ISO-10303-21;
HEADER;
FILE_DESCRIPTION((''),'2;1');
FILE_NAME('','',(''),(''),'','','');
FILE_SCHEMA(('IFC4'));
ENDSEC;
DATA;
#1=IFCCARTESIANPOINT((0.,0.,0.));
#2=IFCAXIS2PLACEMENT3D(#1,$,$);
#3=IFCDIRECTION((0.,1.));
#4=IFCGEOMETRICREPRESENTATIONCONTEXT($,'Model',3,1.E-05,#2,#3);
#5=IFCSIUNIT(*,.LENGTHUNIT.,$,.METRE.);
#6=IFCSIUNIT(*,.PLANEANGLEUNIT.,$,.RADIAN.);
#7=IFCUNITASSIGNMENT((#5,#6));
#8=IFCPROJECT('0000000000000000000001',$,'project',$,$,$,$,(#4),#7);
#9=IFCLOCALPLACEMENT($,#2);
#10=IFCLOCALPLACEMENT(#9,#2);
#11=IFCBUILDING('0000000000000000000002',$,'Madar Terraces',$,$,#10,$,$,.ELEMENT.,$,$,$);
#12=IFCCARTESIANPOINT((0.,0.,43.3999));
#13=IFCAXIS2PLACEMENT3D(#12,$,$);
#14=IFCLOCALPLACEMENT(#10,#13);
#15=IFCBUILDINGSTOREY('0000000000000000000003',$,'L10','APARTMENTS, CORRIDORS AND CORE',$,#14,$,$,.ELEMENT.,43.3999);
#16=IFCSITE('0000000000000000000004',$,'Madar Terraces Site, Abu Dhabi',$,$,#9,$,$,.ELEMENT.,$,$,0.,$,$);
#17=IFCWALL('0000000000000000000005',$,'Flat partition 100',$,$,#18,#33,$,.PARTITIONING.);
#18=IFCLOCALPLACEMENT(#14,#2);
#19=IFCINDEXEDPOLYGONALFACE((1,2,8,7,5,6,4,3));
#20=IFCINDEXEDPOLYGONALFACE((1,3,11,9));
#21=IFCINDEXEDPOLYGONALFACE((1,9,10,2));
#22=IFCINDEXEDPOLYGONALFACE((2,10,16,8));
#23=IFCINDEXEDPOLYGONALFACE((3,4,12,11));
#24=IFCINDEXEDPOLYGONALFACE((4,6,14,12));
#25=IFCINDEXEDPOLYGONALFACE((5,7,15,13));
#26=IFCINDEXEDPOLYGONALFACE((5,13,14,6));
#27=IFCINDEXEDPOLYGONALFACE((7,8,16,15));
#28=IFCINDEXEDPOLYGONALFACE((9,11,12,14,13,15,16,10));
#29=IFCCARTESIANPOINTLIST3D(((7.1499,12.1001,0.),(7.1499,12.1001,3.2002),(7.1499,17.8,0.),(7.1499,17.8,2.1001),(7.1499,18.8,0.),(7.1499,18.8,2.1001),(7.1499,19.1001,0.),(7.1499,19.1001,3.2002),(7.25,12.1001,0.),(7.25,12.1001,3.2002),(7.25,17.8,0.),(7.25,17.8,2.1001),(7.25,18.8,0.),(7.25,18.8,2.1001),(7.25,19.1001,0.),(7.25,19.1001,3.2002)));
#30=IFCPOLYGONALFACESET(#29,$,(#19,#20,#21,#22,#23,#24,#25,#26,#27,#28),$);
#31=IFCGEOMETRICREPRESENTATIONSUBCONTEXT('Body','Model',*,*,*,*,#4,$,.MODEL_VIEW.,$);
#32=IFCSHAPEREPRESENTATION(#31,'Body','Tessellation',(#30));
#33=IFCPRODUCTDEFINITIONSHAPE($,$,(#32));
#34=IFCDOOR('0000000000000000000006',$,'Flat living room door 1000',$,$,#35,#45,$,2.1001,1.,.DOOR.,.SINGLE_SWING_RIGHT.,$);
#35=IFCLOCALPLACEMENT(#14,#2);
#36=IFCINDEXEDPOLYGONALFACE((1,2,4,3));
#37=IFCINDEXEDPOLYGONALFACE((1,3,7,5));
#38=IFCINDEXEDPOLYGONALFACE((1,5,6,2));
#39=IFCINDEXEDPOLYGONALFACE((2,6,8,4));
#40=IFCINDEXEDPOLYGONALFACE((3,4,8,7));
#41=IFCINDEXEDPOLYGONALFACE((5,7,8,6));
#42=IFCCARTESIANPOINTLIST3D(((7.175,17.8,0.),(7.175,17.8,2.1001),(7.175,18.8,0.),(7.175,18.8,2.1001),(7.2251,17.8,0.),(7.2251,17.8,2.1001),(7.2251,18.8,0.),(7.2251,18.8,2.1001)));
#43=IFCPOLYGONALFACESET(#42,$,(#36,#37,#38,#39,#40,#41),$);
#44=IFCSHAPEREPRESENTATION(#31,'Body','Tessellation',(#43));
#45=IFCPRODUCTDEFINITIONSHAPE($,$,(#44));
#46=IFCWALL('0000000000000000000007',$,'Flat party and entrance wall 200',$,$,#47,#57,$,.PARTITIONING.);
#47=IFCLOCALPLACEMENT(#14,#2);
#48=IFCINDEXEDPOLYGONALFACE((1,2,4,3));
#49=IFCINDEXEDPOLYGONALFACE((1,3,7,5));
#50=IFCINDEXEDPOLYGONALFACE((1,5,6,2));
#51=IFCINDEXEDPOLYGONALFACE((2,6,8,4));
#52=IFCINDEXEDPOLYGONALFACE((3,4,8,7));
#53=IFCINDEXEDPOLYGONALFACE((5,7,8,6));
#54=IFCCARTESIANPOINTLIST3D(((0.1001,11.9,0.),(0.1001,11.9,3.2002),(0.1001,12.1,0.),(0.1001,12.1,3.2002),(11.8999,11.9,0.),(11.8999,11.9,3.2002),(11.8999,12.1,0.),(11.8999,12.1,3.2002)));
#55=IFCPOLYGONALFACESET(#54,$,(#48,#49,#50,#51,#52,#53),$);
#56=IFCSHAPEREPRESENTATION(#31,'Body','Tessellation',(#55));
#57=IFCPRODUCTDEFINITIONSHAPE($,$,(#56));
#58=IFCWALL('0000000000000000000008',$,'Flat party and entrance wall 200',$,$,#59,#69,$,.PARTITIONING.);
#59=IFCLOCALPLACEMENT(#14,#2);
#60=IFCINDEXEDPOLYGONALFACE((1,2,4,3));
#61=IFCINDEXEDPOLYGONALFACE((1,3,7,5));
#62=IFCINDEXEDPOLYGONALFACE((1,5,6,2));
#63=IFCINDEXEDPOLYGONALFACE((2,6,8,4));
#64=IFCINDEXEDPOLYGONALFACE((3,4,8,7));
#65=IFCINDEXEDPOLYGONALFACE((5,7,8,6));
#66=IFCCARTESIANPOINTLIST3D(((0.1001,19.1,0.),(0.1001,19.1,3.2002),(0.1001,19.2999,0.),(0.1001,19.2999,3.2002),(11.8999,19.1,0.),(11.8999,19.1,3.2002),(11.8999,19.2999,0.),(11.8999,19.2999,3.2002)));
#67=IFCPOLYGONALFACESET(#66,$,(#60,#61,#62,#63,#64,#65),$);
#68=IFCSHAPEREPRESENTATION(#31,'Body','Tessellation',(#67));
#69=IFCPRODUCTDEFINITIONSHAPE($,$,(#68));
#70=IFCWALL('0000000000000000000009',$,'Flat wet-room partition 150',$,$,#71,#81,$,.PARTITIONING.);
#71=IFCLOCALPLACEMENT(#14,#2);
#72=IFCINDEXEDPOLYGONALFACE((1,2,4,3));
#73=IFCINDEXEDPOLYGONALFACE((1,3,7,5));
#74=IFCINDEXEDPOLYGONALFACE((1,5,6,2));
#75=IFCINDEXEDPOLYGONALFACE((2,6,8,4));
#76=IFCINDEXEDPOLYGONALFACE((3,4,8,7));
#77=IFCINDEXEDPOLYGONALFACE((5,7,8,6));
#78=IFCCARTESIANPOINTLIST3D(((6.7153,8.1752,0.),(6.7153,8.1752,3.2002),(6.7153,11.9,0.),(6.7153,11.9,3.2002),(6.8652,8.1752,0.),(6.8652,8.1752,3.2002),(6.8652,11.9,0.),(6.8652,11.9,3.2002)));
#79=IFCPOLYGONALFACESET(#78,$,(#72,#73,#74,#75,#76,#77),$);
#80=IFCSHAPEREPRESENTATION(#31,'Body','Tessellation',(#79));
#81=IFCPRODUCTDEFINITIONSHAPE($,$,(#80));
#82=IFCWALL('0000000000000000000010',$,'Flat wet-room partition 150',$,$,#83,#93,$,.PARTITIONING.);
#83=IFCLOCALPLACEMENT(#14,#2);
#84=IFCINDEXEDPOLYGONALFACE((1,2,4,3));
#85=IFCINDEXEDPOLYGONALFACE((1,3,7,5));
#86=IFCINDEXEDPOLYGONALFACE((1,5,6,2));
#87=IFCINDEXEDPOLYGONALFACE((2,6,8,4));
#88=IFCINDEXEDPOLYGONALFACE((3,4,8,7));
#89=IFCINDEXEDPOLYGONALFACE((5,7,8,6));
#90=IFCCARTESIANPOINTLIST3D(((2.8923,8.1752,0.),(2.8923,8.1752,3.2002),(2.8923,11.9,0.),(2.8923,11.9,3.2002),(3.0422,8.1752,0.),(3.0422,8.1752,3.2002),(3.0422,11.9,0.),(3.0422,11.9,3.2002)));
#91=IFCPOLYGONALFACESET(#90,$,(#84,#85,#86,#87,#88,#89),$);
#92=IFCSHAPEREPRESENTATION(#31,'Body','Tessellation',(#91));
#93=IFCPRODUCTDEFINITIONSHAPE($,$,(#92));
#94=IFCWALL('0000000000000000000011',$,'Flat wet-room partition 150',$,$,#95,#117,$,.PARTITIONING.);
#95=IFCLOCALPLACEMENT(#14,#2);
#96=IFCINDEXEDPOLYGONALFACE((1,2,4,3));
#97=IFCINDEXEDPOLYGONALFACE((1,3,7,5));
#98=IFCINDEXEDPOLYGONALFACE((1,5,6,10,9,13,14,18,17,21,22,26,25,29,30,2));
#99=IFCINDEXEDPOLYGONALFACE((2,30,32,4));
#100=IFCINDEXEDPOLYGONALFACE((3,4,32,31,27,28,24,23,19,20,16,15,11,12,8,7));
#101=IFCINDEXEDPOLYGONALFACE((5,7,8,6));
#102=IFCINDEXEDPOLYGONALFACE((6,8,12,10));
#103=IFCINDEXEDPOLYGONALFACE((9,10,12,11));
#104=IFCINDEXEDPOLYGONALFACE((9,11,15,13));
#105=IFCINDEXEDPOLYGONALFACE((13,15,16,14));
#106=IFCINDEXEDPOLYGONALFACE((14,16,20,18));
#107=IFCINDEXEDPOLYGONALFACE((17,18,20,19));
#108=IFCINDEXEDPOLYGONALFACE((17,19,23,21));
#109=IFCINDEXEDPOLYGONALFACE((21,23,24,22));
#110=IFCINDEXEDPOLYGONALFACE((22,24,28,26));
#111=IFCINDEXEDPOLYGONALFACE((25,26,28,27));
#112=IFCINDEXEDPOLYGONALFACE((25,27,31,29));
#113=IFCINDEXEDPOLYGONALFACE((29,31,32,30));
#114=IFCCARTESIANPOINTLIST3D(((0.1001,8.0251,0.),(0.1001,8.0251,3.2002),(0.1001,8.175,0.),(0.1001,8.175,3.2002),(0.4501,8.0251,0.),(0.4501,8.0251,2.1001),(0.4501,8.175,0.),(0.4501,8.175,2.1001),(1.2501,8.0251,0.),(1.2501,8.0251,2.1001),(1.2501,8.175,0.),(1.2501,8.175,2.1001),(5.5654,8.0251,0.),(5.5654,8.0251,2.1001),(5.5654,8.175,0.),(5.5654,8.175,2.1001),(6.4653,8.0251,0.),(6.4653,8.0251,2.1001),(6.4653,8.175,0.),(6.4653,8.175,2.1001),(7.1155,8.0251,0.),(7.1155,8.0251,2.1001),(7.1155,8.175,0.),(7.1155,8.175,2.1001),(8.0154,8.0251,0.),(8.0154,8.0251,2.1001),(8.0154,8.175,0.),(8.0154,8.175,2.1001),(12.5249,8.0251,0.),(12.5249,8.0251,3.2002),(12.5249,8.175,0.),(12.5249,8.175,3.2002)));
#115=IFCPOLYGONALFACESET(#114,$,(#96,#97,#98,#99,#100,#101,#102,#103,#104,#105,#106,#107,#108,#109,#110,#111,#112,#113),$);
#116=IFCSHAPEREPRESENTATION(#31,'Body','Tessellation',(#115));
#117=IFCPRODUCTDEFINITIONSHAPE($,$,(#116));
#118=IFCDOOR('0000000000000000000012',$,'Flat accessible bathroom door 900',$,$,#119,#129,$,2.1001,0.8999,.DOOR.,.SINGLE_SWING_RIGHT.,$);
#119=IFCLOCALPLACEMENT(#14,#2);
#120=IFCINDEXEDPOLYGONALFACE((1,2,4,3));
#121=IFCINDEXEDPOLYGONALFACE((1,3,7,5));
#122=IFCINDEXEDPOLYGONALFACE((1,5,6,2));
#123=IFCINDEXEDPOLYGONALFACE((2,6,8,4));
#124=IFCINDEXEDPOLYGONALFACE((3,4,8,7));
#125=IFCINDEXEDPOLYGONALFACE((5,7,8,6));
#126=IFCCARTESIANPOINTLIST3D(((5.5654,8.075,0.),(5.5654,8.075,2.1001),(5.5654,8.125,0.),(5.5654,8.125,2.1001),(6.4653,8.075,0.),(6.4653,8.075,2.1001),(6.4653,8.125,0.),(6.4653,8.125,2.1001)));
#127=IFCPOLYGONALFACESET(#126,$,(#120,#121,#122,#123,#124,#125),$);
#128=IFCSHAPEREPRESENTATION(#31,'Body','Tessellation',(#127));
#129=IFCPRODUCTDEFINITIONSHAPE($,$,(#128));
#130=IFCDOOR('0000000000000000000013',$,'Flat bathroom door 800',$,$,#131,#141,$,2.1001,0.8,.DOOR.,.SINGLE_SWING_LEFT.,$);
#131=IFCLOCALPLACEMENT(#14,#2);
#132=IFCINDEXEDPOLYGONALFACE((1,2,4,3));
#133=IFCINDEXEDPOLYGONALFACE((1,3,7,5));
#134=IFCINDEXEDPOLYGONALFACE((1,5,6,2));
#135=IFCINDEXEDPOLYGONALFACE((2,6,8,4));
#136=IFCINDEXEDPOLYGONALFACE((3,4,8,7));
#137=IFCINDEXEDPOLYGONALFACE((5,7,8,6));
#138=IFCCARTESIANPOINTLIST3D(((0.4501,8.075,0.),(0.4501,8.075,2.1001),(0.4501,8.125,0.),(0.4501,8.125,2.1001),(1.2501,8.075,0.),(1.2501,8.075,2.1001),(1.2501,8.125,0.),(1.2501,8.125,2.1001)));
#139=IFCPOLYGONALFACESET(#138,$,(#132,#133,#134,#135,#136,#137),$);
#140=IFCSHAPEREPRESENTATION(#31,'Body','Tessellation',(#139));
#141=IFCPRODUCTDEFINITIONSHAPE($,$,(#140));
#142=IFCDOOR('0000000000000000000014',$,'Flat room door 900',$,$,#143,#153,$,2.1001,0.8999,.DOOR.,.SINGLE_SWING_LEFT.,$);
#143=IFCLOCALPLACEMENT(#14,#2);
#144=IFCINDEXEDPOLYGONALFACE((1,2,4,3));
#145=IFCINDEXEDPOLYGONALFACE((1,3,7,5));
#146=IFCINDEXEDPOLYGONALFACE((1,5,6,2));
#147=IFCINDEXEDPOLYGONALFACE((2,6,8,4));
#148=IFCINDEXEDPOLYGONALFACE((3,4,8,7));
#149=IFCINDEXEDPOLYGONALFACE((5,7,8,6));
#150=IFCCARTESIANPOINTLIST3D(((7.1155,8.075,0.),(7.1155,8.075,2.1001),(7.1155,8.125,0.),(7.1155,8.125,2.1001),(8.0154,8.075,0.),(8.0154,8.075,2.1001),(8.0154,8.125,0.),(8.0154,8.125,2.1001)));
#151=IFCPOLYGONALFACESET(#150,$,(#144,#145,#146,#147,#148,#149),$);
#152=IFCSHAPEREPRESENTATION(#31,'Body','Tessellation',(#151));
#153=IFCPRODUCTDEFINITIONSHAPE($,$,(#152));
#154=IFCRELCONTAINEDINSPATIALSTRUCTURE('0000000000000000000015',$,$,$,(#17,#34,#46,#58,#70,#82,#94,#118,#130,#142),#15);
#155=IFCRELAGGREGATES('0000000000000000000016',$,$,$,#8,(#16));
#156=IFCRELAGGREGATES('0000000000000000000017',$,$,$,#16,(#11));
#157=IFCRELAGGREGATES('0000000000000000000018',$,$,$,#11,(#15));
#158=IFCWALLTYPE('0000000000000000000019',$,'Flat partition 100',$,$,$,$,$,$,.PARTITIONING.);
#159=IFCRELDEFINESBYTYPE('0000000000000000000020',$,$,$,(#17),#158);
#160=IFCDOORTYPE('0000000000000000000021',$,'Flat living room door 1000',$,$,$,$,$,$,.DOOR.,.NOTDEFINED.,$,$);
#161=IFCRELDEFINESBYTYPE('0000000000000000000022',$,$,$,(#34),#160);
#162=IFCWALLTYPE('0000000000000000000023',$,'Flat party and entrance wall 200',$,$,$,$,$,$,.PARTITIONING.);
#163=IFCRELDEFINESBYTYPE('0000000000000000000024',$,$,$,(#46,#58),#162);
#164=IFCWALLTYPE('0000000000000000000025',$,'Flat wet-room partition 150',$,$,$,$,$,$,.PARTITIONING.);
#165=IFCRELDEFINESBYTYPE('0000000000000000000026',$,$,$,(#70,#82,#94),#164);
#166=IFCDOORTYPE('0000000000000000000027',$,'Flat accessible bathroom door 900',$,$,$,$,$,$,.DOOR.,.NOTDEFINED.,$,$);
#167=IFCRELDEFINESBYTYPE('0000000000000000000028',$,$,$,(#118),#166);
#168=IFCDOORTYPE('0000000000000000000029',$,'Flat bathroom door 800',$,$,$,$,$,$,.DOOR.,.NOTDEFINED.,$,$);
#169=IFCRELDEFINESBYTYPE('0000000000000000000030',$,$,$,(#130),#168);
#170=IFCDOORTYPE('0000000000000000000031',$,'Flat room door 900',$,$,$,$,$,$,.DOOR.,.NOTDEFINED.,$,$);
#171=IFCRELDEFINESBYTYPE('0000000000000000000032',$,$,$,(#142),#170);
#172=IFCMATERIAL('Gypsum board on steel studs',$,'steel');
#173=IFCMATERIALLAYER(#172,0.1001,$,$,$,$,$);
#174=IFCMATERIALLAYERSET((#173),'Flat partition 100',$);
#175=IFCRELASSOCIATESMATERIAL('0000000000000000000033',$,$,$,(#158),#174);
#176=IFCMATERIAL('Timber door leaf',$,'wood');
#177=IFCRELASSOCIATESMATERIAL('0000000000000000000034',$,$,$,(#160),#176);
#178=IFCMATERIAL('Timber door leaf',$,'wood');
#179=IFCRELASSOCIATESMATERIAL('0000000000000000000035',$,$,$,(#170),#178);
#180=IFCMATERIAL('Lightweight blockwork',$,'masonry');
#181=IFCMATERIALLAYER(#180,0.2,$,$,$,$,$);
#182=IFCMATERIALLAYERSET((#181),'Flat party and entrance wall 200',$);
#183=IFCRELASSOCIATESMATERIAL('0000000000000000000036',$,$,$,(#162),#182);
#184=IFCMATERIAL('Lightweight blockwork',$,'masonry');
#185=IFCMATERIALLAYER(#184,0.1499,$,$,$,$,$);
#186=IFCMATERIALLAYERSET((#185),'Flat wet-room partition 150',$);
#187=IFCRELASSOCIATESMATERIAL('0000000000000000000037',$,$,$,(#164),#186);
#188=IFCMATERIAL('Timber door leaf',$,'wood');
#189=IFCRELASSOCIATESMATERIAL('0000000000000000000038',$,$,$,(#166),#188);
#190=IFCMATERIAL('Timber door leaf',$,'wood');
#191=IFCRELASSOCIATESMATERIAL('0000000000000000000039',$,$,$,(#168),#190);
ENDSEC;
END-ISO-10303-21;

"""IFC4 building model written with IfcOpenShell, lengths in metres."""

from ifc_helpers import new_model, si_unit, direction, frame, frame_2d, origin, place, context, subcontext, project, spatial, rectangle, extrude, material, layer, layer_set, type_object, element, fill, save


model = new_model("IFC4")

# Units and contexts
model_context = context("Model", 3, precision=1e-05, world=origin(), true_north=direction((0.0, 1.0)))
body_context = subcontext(model_context, "Body", "Model", "MODEL_VIEW")
ifc_project = project(units=[si_unit("LENGTHUNIT", "METRE"), si_unit("PLANEANGLEUNIT", "RADIAN")], contexts=[model_context])

# Site, building, storey
site_placement = place(None, origin())
site = spatial("IfcSite", under=ifc_project, at=site_placement, Name="Madar Terraces Site, Abu Dhabi", CompositionType="ELEMENT", RefElevation=0.0)
building_placement = place(site_placement, origin())
building = spatial("IfcBuilding", under=site, at=building_placement, Name="Madar Terraces", CompositionType="ELEMENT")
storey_placement = place(building_placement, frame((0.0, 0.0, 43.3999)))
storey = spatial("IfcBuildingStorey", under=building, at=storey_placement, Name="L10", Description="APARTMENTS, CORRIDORS AND CORE", CompositionType="ELEMENT", Elevation=43.3999)

# Shared definitions
ifc_material_1 = material(Name="Gypsum board on steel studs", Category="steel")
ifc_layer_1 = layer(ifc_material_1, 0.1001)
ifc_layer_set_1 = layer_set([ifc_layer_1], Name="Flat partition 100")
wall_type_1 = type_object("IfcWallType", Name="Flat partition 100", PredefinedType="PARTITIONING", material=ifc_layer_set_1)

# Shared definitions
ifc_material_2 = material(Name="Timber door leaf", Category="wood")
door_type_1 = type_object("IfcDoorType", Name="Flat living room door 1000", OperationType="NOTDEFINED", PredefinedType="DOOR", material=ifc_material_2)
ifc_material_3 = material(Name="Timber door leaf", Category="wood")
door_type_2 = type_object("IfcDoorType", Name="Flat room door 900", OperationType="NOTDEFINED", PredefinedType="DOOR", material=ifc_material_3)

# Wall, opening, door
wall_1_placement = place(storey_placement, frame((7.2, 12.1001, 0.0), z_axis=(0.0, 0.0, 1.0), x_axis=(0.0, 1.0, 0.0)))
wall_1 = element("IfcWall", 1, at=wall_1_placement, inside=storey, type_object=wall_type_1, Name="Flat partition 100", PredefinedType="PARTITIONING", context=body_context, shape_type="SweptSolid", body=[
    extrude(rectangle(XDim=7.0, YDim=0.1001, at=frame_2d((3.5, 0.0))), origin(), (0.0, 0.0, 1.0), 3.2002),
])
opening_1_placement = place(wall_1_placement, frame((5.7, 0.0, 0.0)))
opening_1 = element("IfcOpeningElement", 2, at=opening_1_placement, cuts=wall_1, PredefinedType="OPENING", context=body_context, shape_type="SweptSolid", body=[
    extrude(rectangle(XDim=1.0, YDim=2.1001, at=frame_2d((0.5, 1.05))), frame((0.0, 0.0601, 0.0), z_axis=(0.0, -1.0, 0.0), x_axis=(1.0, 0.0, 0.0)), (0.0, 0.0, 1.0), 0.1201),
])
door_1_placement = place(opening_1_placement, origin())
door_1 = element("IfcDoor", 3, at=door_1_placement, inside=storey, type_object=door_type_1, Name="Flat living room door 1000", OperationType="SINGLE_SWING_RIGHT", OverallHeight=2.1001, OverallWidth=1.0, PredefinedType="DOOR", context=body_context, shape_type="SweptSolid", body=[
    extrude(rectangle(XDim=1.0, YDim=2.1001, at=frame_2d((0.5, 1.05))), frame((0.0, 0.0249, 0.0), z_axis=(0.0, -1.0, 0.0), x_axis=(1.0, 0.0, 0.0)), (0.0, 0.0, 1.0), 0.05),
])
fill(opening_1, door_1)

# Walls
ifc_material_4 = material(Name="Lightweight blockwork", Category="masonry")
ifc_layer_2 = layer(ifc_material_4, 0.2)
ifc_layer_set_2 = layer_set([ifc_layer_2], Name="Flat party and entrance wall 200")
wall_type_2 = type_object("IfcWallType", Name="Flat party and entrance wall 200", PredefinedType="PARTITIONING", material=ifc_layer_set_2)
for number, where, z_axis, x_axis, name in (
    (4, (0.1001, 12.0, 0.0), (0.0, 0.0, 1.0), (1.0, 0.0, 0.0), "Flat party and entrance wall 200"),
    (5, (0.1001, 19.2, 0.0), (0.0, 0.0, 1.0), (1.0, 0.0, 0.0), "Flat party and entrance wall 200"),
):
    element("IfcWall", number, at=place(storey_placement, frame(where, z_axis=z_axis, x_axis=x_axis)), inside=storey, type_object=wall_type_2, Name=name, PredefinedType="PARTITIONING", context=body_context, shape_type="SweptSolid", body=[
        extrude(rectangle(XDim=11.7998, YDim=0.2, at=frame_2d((5.8999, 0.0))), origin(), (0.0, 0.0, 1.0), 3.2002),
    ])
ifc_material_5 = material(Name="Lightweight blockwork", Category="masonry")
ifc_layer_3 = layer(ifc_material_5, 0.1499)
ifc_layer_set_3 = layer_set([ifc_layer_3], Name="Flat wet-room partition 150")
wall_type_3 = type_object("IfcWallType", Name="Flat wet-room partition 150", PredefinedType="PARTITIONING", material=ifc_layer_set_3)
for number, where, z_axis, x_axis, name in (
    (6, (6.7903, 11.8999, 0.0), (0.0, 0.0, 1.0), (0.0, -1.0, 0.0), "Flat wet-room partition 150"),
    (7, (2.9673, 11.8999, 0.0), (0.0, 0.0, 1.0), (0.0, -1.0, 0.0), "Flat wet-room partition 150"),
):
    element("IfcWall", number, at=place(storey_placement, frame(where, z_axis=z_axis, x_axis=x_axis)), inside=storey, type_object=wall_type_3, Name=name, PredefinedType="PARTITIONING", context=body_context, shape_type="SweptSolid", body=[
        extrude(rectangle(XDim=3.7249, YDim=0.1499, at=frame_2d((1.8623, 0.0))), origin(), (0.0, 0.0, 1.0), 3.2002),
    ])

# Wall, openings, doors
wall_2_placement = place(storey_placement, frame((0.1001, 8.1001, 0.0), z_axis=(0.0, 0.0, 1.0), x_axis=(1.0, 0.0, 0.0)))
wall_2 = element("IfcWall", 8, at=wall_2_placement, inside=storey, type_object=wall_type_3, Name="Flat wet-room partition 150", PredefinedType="PARTITIONING", context=body_context, shape_type="SweptSolid", body=[
    extrude(rectangle(XDim=12.4248, YDim=0.1499, at=frame_2d((6.2124, 0.0))), origin(), (0.0, 0.0, 1.0), 3.2002),
])
opening_2_placement = place(wall_2_placement, frame((7.0154, 0.0, 0.0)))
opening_2 = element("IfcOpeningElement", 9, at=opening_2_placement, cuts=wall_2, PredefinedType="OPENING", context=body_context, shape_type="SweptSolid", body=[
    extrude(rectangle(XDim=0.8999, YDim=2.1001, at=frame_2d((0.45, 1.05))), frame((0.0, 0.085, 0.0), z_axis=(0.0, -1.0, 0.0), x_axis=(1.0, 0.0, 0.0)), (0.0, 0.0, 1.0), 0.1699),
])
opening_3_placement = place(wall_2_placement, frame((5.4653, 0.0, 0.0)))
opening_3 = element("IfcOpeningElement", 10, at=opening_3_placement, cuts=wall_2, PredefinedType="OPENING", context=body_context, shape_type="SweptSolid", body=[
    extrude(rectangle(XDim=0.8999, YDim=2.1001, at=frame_2d((0.45, 1.05))), frame((0.0, 0.085, 0.0), z_axis=(0.0, -1.0, 0.0), x_axis=(1.0, 0.0, 0.0)), (0.0, 0.0, 1.0), 0.1699),
])
opening_4_placement = place(wall_2_placement, frame((0.3501, 0.0, 0.0)))
opening_4 = element("IfcOpeningElement", 11, at=opening_4_placement, cuts=wall_2, PredefinedType="OPENING", context=body_context, shape_type="SweptSolid", body=[
    extrude(rectangle(XDim=0.8, YDim=2.1001, at=frame_2d((0.3999, 1.05))), frame((0.0, 0.085, 0.0), z_axis=(0.0, -1.0, 0.0), x_axis=(1.0, 0.0, 0.0)), (0.0, 0.0, 1.0), 0.1699),
])
ifc_material_6 = material(Name="Timber door leaf", Category="wood")
door_type_3 = type_object("IfcDoorType", Name="Flat accessible bathroom door 900", OperationType="NOTDEFINED", PredefinedType="DOOR", material=ifc_material_6)
door_2_placement = place(opening_3_placement, origin())
door_2 = element("IfcDoor", 12, at=door_2_placement, inside=storey, type_object=door_type_3, Name="Flat accessible bathroom door 900", OperationType="SINGLE_SWING_RIGHT", OverallHeight=2.1001, OverallWidth=0.8999, PredefinedType="DOOR", context=body_context, shape_type="SweptSolid", body=[
    extrude(rectangle(XDim=0.8999, YDim=2.1001, at=frame_2d((0.45, 1.05))), frame((0.0, 0.0249, 0.0), z_axis=(0.0, -1.0, 0.0), x_axis=(1.0, 0.0, 0.0)), (0.0, 0.0, 1.0), 0.05),
])
fill(opening_3, door_2)
ifc_material_7 = material(Name="Timber door leaf", Category="wood")
door_type_4 = type_object("IfcDoorType", Name="Flat bathroom door 800", OperationType="NOTDEFINED", PredefinedType="DOOR", material=ifc_material_7)
door_3_placement = place(opening_4_placement, origin())
door_3 = element("IfcDoor", 13, at=door_3_placement, inside=storey, type_object=door_type_4, Name="Flat bathroom door 800", OperationType="SINGLE_SWING_LEFT", OverallHeight=2.1001, OverallWidth=0.8, PredefinedType="DOOR", context=body_context, shape_type="SweptSolid", body=[
    extrude(rectangle(XDim=0.8, YDim=2.1001, at=frame_2d((0.3999, 1.05))), frame((0.0, 0.0249, 0.0), z_axis=(0.0, -1.0, 0.0), x_axis=(1.0, 0.0, 0.0)), (0.0, 0.0, 1.0), 0.05),
])
fill(opening_4, door_3)
door_4_placement = place(opening_2_placement, origin())
door_4 = element("IfcDoor", 14, at=door_4_placement, inside=storey, type_object=door_type_2, Name="Flat room door 900", OperationType="SINGLE_SWING_LEFT", OverallHeight=2.1001, OverallWidth=0.8999, PredefinedType="DOOR", context=body_context, shape_type="SweptSolid", body=[
    extrude(rectangle(XDim=0.8999, YDim=2.1001, at=frame_2d((0.45, 1.05))), frame((0.0, 0.0249, 0.0), z_axis=(0.0, -1.0, 0.0), x_axis=(1.0, 0.0, 0.0)), (0.0, 0.0, 1.0), 0.05),
])
fill(opening_2, door_4)

save(model, "model.ifc")
